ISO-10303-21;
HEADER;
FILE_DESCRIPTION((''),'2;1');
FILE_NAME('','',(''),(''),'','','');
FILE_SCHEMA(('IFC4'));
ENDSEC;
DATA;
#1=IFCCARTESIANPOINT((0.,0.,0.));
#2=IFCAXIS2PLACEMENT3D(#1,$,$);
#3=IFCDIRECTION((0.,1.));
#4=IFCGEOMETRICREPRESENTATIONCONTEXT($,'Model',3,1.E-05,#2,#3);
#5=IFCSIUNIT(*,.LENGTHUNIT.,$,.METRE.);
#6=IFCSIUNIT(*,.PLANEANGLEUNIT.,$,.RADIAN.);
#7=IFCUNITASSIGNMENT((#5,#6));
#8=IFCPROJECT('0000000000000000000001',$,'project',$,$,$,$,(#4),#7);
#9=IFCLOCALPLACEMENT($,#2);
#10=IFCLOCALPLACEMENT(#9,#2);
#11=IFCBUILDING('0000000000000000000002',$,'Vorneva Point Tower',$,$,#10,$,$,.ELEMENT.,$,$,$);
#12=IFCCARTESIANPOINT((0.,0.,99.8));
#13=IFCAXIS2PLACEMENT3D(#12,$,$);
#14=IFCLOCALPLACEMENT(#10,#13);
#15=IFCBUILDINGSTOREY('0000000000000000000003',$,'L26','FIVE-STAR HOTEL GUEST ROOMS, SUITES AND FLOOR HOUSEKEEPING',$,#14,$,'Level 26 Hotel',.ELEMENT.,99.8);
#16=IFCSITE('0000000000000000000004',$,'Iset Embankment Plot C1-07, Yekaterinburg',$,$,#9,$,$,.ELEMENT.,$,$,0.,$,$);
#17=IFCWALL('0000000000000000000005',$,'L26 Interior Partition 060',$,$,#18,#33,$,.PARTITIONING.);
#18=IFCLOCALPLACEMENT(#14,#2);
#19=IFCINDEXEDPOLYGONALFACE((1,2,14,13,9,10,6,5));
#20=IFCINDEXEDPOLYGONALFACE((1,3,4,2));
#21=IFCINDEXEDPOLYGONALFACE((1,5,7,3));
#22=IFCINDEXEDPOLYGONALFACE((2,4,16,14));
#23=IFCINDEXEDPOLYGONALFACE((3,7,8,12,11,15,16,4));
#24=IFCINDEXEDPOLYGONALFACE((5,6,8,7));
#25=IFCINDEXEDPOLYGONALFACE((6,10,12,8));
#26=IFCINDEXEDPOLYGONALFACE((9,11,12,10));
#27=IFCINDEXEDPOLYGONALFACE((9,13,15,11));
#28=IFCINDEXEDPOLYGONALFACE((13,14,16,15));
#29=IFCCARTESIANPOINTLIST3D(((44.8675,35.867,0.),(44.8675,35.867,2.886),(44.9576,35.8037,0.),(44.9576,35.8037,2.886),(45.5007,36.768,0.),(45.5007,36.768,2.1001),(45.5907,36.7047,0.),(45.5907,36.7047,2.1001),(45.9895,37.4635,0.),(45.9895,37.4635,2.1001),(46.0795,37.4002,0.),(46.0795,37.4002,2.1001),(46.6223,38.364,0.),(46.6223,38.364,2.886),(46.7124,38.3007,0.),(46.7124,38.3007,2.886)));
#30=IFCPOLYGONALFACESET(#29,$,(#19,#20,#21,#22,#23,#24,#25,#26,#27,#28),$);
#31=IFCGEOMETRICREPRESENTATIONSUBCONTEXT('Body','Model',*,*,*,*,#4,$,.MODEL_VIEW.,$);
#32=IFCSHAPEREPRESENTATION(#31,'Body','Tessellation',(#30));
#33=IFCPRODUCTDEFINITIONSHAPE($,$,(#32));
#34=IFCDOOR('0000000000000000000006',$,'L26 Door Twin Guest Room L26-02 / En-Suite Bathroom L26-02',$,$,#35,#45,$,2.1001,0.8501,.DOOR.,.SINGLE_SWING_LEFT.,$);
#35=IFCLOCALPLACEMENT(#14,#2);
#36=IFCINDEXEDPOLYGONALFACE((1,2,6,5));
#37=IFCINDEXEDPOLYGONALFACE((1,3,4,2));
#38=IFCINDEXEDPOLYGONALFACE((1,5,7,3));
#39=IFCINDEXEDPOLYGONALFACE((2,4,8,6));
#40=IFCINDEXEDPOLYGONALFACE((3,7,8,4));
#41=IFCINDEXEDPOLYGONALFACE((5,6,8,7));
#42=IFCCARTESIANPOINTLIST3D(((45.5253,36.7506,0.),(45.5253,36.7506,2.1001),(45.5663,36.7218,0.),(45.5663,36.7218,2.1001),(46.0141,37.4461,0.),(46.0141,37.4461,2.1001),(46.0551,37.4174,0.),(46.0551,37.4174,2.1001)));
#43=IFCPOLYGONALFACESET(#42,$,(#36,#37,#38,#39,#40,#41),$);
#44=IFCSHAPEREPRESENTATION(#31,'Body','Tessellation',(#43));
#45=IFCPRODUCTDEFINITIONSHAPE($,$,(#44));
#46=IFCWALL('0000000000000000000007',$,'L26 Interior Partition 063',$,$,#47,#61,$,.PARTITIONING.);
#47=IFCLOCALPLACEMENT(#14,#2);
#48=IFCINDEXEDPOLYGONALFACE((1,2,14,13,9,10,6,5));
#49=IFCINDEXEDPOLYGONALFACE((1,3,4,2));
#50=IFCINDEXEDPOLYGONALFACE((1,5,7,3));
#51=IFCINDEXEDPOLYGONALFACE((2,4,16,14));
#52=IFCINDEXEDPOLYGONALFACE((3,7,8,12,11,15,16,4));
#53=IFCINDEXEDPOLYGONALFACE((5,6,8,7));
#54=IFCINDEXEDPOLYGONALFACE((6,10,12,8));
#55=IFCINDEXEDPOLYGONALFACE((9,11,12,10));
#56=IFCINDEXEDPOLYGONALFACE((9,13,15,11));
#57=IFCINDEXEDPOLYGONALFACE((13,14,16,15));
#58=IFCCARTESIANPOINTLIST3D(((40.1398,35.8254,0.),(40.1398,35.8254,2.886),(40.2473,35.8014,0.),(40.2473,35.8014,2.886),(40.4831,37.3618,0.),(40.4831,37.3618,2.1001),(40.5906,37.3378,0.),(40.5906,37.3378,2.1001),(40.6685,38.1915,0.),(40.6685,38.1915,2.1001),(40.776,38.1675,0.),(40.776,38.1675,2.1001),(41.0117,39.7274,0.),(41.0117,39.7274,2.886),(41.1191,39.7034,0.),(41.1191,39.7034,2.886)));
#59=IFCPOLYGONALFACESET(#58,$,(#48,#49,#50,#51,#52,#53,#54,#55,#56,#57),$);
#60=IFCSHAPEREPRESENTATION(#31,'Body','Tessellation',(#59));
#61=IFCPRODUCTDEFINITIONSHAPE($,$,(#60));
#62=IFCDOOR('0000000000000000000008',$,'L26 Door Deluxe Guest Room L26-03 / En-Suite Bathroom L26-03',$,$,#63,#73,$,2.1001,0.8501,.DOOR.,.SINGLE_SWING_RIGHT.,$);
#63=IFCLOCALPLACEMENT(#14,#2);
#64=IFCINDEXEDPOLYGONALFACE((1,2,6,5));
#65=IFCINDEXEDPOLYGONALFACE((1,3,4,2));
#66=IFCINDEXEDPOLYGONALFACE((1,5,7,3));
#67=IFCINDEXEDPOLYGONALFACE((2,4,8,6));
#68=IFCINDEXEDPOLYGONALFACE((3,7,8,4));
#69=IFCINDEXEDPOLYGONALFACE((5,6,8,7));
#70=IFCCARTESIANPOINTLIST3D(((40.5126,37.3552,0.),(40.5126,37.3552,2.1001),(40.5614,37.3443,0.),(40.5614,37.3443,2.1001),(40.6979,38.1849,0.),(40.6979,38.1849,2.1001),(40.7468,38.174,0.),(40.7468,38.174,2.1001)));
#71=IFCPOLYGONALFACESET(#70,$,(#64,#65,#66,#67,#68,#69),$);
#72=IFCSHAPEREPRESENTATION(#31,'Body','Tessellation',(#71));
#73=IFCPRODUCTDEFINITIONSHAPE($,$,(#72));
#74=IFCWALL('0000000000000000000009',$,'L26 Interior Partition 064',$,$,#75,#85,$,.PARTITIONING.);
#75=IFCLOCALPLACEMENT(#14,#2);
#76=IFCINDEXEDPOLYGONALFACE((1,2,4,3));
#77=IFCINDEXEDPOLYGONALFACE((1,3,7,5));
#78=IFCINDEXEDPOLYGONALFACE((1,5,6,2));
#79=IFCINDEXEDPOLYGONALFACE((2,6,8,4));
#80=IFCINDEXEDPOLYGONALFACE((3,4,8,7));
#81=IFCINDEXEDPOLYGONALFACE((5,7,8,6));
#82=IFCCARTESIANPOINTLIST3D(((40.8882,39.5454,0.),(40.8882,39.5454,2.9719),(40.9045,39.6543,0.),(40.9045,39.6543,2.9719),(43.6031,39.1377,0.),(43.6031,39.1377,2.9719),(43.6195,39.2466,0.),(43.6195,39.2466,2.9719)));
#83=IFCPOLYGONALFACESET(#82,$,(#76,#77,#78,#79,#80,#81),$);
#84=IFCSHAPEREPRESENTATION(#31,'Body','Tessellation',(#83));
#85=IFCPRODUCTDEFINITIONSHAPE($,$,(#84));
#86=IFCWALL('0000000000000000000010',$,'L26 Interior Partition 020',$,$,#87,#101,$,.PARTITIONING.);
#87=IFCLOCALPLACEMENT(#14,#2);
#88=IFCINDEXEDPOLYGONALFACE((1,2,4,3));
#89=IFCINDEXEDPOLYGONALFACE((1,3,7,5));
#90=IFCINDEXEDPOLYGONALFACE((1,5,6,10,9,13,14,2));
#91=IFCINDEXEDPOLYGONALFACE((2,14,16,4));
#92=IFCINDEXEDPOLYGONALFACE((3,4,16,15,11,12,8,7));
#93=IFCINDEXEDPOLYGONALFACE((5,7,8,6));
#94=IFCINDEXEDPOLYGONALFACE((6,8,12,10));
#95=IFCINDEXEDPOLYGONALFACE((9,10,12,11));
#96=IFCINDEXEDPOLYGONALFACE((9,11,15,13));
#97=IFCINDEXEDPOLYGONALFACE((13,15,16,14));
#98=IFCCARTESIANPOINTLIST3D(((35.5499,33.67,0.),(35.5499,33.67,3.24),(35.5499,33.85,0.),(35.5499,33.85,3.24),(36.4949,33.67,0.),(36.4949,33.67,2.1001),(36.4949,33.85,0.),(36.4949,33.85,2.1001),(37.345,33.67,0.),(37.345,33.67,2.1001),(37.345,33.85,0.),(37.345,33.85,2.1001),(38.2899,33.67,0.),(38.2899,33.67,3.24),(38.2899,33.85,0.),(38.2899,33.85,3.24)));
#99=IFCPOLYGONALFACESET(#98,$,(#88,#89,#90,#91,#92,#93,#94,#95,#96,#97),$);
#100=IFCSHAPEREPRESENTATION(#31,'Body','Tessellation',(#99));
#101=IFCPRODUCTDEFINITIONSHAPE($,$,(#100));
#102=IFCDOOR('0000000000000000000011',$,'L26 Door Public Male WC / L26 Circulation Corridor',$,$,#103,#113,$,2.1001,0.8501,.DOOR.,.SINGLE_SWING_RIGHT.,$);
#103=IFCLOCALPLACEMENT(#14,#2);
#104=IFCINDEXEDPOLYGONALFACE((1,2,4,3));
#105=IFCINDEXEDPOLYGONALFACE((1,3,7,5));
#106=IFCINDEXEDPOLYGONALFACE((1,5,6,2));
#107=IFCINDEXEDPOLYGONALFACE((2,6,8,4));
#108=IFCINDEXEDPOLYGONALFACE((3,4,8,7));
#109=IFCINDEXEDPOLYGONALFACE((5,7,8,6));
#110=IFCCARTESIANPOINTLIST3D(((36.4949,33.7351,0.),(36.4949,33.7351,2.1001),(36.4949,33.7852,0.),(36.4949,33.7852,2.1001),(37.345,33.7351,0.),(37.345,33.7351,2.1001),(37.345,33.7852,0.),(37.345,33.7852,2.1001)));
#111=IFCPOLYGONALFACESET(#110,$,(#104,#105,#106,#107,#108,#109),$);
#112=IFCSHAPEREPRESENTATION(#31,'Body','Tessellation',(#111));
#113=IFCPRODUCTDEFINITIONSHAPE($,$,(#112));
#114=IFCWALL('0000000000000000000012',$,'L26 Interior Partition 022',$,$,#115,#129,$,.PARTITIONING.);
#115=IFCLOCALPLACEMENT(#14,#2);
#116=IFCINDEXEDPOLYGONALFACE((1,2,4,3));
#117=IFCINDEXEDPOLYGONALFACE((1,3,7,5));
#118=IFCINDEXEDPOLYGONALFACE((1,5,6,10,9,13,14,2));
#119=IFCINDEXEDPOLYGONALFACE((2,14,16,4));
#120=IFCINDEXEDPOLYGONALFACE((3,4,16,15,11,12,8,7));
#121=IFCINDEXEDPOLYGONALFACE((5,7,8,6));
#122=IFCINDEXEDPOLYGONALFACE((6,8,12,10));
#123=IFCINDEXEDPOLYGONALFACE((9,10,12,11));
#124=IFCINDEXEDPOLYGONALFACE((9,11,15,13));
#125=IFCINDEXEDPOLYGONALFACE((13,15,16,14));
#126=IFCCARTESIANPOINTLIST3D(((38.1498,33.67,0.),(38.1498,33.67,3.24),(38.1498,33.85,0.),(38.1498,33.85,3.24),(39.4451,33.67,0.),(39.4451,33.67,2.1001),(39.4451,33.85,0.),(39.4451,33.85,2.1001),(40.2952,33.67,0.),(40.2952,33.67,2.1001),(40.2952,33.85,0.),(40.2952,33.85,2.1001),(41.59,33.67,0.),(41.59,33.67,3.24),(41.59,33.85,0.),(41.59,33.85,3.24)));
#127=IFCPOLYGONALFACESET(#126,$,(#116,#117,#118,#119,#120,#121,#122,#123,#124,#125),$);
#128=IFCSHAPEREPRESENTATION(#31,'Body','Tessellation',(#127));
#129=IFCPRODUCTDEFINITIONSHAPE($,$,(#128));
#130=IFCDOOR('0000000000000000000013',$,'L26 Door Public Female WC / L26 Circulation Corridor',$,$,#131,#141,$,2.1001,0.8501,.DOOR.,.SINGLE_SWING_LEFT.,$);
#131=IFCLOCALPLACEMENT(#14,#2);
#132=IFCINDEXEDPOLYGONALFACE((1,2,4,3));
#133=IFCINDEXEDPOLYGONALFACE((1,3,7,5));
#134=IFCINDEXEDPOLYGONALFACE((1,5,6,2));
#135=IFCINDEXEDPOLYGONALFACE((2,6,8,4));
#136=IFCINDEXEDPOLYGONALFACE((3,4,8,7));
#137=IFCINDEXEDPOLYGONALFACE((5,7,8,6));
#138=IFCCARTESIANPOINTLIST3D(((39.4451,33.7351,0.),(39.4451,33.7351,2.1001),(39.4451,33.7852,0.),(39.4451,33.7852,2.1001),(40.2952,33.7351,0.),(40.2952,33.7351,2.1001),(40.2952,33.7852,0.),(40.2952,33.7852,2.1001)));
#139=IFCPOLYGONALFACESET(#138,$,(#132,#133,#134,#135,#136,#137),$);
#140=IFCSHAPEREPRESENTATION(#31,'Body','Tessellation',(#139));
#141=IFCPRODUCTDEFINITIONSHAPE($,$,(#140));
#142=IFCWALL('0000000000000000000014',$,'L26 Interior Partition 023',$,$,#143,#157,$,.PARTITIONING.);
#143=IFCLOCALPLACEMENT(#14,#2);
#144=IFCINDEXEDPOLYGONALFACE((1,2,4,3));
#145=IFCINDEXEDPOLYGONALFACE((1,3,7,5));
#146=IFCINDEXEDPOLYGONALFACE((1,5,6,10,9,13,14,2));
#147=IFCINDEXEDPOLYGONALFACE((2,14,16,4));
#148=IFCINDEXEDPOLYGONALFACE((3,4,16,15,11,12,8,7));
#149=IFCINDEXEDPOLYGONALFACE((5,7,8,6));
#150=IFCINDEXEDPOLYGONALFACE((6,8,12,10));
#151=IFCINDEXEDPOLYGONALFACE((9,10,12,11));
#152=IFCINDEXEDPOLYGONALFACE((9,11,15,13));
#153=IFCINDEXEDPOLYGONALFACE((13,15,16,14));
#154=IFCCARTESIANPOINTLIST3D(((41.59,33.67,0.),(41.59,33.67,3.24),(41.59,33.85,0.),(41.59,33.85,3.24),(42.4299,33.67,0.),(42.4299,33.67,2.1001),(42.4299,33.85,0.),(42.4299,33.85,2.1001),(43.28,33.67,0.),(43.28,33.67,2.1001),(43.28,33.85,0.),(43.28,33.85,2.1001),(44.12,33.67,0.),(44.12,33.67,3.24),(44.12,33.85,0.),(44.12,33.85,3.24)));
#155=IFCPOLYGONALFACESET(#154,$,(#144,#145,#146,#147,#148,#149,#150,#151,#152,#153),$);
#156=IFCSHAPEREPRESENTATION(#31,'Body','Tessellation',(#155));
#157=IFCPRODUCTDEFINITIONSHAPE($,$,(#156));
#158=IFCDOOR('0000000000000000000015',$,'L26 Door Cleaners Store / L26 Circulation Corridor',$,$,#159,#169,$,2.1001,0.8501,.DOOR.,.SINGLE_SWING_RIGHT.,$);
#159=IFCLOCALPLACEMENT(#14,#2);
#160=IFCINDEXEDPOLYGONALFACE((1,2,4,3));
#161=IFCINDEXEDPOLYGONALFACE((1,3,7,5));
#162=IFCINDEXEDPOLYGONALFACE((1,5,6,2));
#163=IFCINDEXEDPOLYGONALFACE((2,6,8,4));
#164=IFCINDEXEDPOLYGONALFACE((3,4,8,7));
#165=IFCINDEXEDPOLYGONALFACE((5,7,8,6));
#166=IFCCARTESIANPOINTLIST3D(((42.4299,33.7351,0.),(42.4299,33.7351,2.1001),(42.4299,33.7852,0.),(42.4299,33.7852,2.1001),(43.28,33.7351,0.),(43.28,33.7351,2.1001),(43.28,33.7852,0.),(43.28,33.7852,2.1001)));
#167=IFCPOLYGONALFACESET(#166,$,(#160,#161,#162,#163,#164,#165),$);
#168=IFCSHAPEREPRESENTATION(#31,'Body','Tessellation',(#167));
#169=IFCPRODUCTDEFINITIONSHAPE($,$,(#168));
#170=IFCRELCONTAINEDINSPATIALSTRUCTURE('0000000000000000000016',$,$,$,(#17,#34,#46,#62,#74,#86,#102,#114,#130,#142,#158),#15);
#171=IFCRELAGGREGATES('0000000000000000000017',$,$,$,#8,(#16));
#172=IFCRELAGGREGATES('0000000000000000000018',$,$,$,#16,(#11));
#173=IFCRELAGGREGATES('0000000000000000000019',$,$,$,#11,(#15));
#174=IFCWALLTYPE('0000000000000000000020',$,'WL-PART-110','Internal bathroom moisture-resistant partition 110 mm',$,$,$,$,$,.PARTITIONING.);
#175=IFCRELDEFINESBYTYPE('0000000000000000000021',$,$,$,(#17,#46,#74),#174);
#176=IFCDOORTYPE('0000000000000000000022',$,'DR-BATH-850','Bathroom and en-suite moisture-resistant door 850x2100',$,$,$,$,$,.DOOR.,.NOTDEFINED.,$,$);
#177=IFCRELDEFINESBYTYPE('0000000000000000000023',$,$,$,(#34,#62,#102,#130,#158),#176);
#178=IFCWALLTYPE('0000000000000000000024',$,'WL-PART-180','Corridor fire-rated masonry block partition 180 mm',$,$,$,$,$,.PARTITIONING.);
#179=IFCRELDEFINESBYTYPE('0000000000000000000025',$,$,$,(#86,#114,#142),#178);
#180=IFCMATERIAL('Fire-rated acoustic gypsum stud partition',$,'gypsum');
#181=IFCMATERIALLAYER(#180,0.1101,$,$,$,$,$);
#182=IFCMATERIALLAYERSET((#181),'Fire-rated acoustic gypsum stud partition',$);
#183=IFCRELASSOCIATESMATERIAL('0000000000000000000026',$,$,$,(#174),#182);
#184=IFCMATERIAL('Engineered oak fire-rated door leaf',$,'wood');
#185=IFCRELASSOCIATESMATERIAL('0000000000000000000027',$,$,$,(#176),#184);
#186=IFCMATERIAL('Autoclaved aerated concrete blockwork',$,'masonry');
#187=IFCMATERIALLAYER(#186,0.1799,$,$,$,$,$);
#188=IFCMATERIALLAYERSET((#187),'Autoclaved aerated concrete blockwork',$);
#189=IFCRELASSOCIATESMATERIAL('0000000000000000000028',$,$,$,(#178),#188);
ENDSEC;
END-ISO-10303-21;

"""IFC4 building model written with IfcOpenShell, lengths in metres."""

from ifc_helpers import new_model, si_unit, direction, frame, frame_2d, origin, place, context, subcontext, project, spatial, rectangle, extrude, material, layer, layer_set, type_object, element, fill, save


model = new_model("IFC4")

# Units and contexts
model_context = context("Model", 3, precision=1e-05, world=origin(), true_north=direction((0.0, 1.0)))
body_context = subcontext(model_context, "Body", "Model", "MODEL_VIEW")
ifc_project = project(units=[si_unit("LENGTHUNIT", "METRE"), si_unit("PLANEANGLEUNIT", "RADIAN")], contexts=[model_context])

# Site, building, storey
site_placement = place(None, origin())
site = spatial("IfcSite", under=ifc_project, at=site_placement, Name="Iset Embankment Plot C1-07, Yekaterinburg", CompositionType="ELEMENT", RefElevation=0.0)
building_placement = place(site_placement, origin())
building = spatial("IfcBuilding", under=site, at=building_placement, Name="Vorneva Point Tower", CompositionType="ELEMENT")
storey_placement = place(building_placement, frame((0.0, 0.0, 99.8)))
storey = spatial("IfcBuildingStorey", under=building, at=storey_placement, Name="L26", Description="FIVE-STAR HOTEL GUEST ROOMS, SUITES AND FLOOR HOUSEKEEPING", LongName="Level 26 Hotel", CompositionType="ELEMENT", Elevation=99.8)

# Walls, openings, doors
ifc_material_1 = material(Name="Fire-rated acoustic gypsum stud partition", Category="gypsum")
ifc_layer_1 = layer(ifc_material_1, 0.1101)
ifc_layer_set_1 = layer_set([ifc_layer_1], Name="Fire-rated acoustic gypsum stud partition")
wall_type_1 = type_object("IfcWallType", Name="WL-PART-110", Description="Internal bathroom moisture-resistant partition 110 mm", PredefinedType="PARTITIONING", material=ifc_layer_set_1)
wall_1_placement = place(storey_placement, frame((44.9126, 35.8354, 0.0), z_axis=(0.0, 0.0, 1.0), x_axis=(0.574986, 0.818163, 0.0)))
wall_1 = element("IfcWall", 1, at=wall_1_placement, inside=storey, type_object=wall_type_1, Name="L26 Interior Partition 060", PredefinedType="PARTITIONING", context=body_context, shape_type="SweptSolid", body=[
    extrude(rectangle(XDim=3.052, YDim=0.1101, at=frame_2d((1.5259, 0.0))), origin(), (0.0, 0.0, 1.0), 2.886),
])
opening_1_placement = place(wall_1_placement, frame((1.1011, 0.0, 0.0)))
opening_1 = element("IfcOpeningElement", 2, at=opening_1_placement, cuts=wall_1, PredefinedType="OPENING", context=body_context, shape_type="SweptSolid", body=[
    extrude(rectangle(XDim=0.8501, YDim=2.1001, at=frame_2d((0.425, 1.05))), frame((0.0, 0.0698, 0.0), z_axis=(0.0, -1.0, 0.0), x_axis=(1.0, 0.0, 0.0)), (0.0, 0.0, 1.0), 0.1399),
])
ifc_material_2 = material(Name="Engineered oak fire-rated door leaf", Category="wood")
door_type_1 = type_object("IfcDoorType", Name="DR-BATH-850", Description="Bathroom and en-suite moisture-resistant door 850x2100", OperationType="NOTDEFINED", PredefinedType="DOOR", material=ifc_material_2)
door_1_placement = place(opening_1_placement, origin())
door_1 = element("IfcDoor", 3, at=door_1_placement, inside=storey, type_object=door_type_1, Name="L26 Door Twin Guest Room L26-02 / En-Suite Bathroom L26-02", OperationType="SINGLE_SWING_LEFT", OverallHeight=2.1001, OverallWidth=0.8501, PredefinedType="DOOR", context=body_context, shape_type="SweptSolid", body=[
    extrude(rectangle(XDim=0.8501, YDim=2.1001, at=frame_2d((0.425, 1.05))), frame((0.0, 0.0249, 0.0), z_axis=(0.0, -1.0, 0.0), x_axis=(1.0, 0.0, 0.0)), (0.0, 0.0, 1.0), 0.05),
])
fill(opening_1, door_1)
wall_2_placement = place(storey_placement, frame((40.1936, 35.8135, 0.0), z_axis=(0.0, 0.0, 1.0), x_axis=(0.218049, 0.975938, 0.0)))
wall_2 = element("IfcWall", 4, at=wall_2_placement, inside=storey, type_object=wall_type_1, Name="L26 Interior Partition 063", PredefinedType="PARTITIONING", context=body_context, shape_type="SweptSolid", body=[
    extrude(rectangle(XDim=3.9983, YDim=0.1101, at=frame_2d((1.999, 0.0))), origin(), (0.0, 0.0, 1.0), 2.886),
])
opening_2_placement = place(wall_2_placement, frame((1.5742, 0.0, 0.0)))
opening_2 = element("IfcOpeningElement", 5, at=opening_2_placement, cuts=wall_2, PredefinedType="OPENING", context=body_context, shape_type="SweptSolid", body=[
    extrude(rectangle(XDim=0.8501, YDim=2.1001, at=frame_2d((0.425, 1.05))), frame((0.0, 0.0698, 0.0), z_axis=(0.0, -1.0, 0.0), x_axis=(1.0, 0.0, 0.0)), (0.0, 0.0, 1.0), 0.1399),
])
door_2_placement = place(opening_2_placement, origin())
door_2 = element("IfcDoor", 6, at=door_2_placement, inside=storey, type_object=door_type_1, Name="L26 Door Deluxe Guest Room L26-03 / En-Suite Bathroom L26-03", OperationType="SINGLE_SWING_RIGHT", OverallHeight=2.1001, OverallWidth=0.8501, PredefinedType="DOOR", context=body_context, shape_type="SweptSolid", body=[
    extrude(rectangle(XDim=0.8501, YDim=2.1001, at=frame_2d((0.425, 1.05))), frame((0.0, 0.0249, 0.0), z_axis=(0.0, -1.0, 0.0), x_axis=(1.0, 0.0, 0.0)), (0.0, 0.0, 1.0), 0.05),
])
fill(opening_2, door_2)

# Wall
wall_3_placement = place(storey_placement, frame((40.8965, 39.5999, 0.0), z_axis=(0.0, 0.0, 1.0), x_axis=(0.98891, -0.148514, 0.0)))
element("IfcWall", 7, at=wall_3_placement, inside=storey, type_object=wall_type_1, Name="L26 Interior Partition 064", PredefinedType="PARTITIONING", context=body_context, shape_type="SweptSolid", body=[
    extrude(rectangle(XDim=2.7454, YDim=0.1101, at=frame_2d((1.3726, 0.0))), origin(), (0.0, 0.0, 1.0), 2.9719),
])

# Walls, openings, doors
ifc_material_3 = material(Name="Autoclaved aerated concrete blockwork", Category="masonry")
ifc_layer_2 = layer(ifc_material_3, 0.1799)
ifc_layer_set_2 = layer_set([ifc_layer_2], Name="Autoclaved aerated concrete blockwork")
wall_type_2 = type_object("IfcWallType", Name="WL-PART-180", Description="Corridor fire-rated masonry block partition 180 mm", PredefinedType="PARTITIONING", material=ifc_layer_set_2)
wall_4_placement = place(storey_placement, frame((38.29, 33.76, 0.0), z_axis=(0.0, 0.0, 1.0), x_axis=(-1.0, 0.0, 0.0)))
wall_4 = element("IfcWall", 8, at=wall_4_placement, inside=storey, type_object=wall_type_2, Name="L26 Interior Partition 020", PredefinedType="PARTITIONING", context=body_context, shape_type="SweptSolid", body=[
    extrude(rectangle(XDim=2.74, YDim=0.1799, at=frame_2d((1.3701, 0.0))), origin(), (0.0, 0.0, 1.0), 3.24),
])
opening_3_placement = place(wall_4_placement, frame((0.9451, 0.0, 0.0)))
opening_3 = element("IfcOpeningElement", 9, at=opening_3_placement, cuts=wall_4, PredefinedType="OPENING", context=body_context, shape_type="SweptSolid", body=[
    extrude(rectangle(XDim=0.8501, YDim=2.1001, at=frame_2d((0.425, 1.05))), frame((0.0, 0.105, 0.0), z_axis=(0.0, -1.0, 0.0), x_axis=(1.0, 0.0, 0.0)), (0.0, 0.0, 1.0), 0.2097),
])
door_3_placement = place(opening_3_placement, origin())
door_3 = element("IfcDoor", 10, at=door_3_placement, inside=storey, type_object=door_type_1, Name="L26 Door Public Male WC / L26 Circulation Corridor", OperationType="SINGLE_SWING_RIGHT", OverallHeight=2.1001, OverallWidth=0.8501, PredefinedType="DOOR", context=body_context, shape_type="SweptSolid", body=[
    extrude(rectangle(XDim=0.8501, YDim=2.1001, at=frame_2d((0.425, 1.05))), frame((0.0, 0.0249, 0.0), z_axis=(0.0, -1.0, 0.0), x_axis=(1.0, 0.0, 0.0)), (0.0, 0.0, 1.0), 0.05),
])
fill(opening_3, door_3)
wall_5_placement = place(storey_placement, frame((41.5901, 33.76, 0.0), z_axis=(0.0, 0.0, 1.0), x_axis=(-1.0, 0.0, 0.0)))
wall_5 = element("IfcWall", 11, at=wall_5_placement, inside=storey, type_object=wall_type_2, Name="L26 Interior Partition 022", PredefinedType="PARTITIONING", context=body_context, shape_type="SweptSolid", body=[
    extrude(rectangle(XDim=3.4402, YDim=0.1799, at=frame_2d((1.7202, 0.0))), origin(), (0.0, 0.0, 1.0), 3.24),
])
opening_4_placement = place(wall_5_placement, frame((1.2949, 0.0, 0.0)))
opening_4 = element("IfcOpeningElement", 12, at=opening_4_placement, cuts=wall_5, PredefinedType="OPENING", context=body_context, shape_type="SweptSolid", body=[
    extrude(rectangle(XDim=0.8501, YDim=2.1001, at=frame_2d((0.425, 1.05))), frame((0.0, 0.105, 0.0), z_axis=(0.0, -1.0, 0.0), x_axis=(1.0, 0.0, 0.0)), (0.0, 0.0, 1.0), 0.2097),
])
door_4_placement = place(opening_4_placement, origin())
door_4 = element("IfcDoor", 13, at=door_4_placement, inside=storey, type_object=door_type_1, Name="L26 Door Public Female WC / L26 Circulation Corridor", OperationType="SINGLE_SWING_LEFT", OverallHeight=2.1001, OverallWidth=0.8501, PredefinedType="DOOR", context=body_context, shape_type="SweptSolid", body=[
    extrude(rectangle(XDim=0.8501, YDim=2.1001, at=frame_2d((0.425, 1.05))), frame((0.0, 0.0249, 0.0), z_axis=(0.0, -1.0, 0.0), x_axis=(1.0, 0.0, 0.0)), (0.0, 0.0, 1.0), 0.05),
])
fill(opening_4, door_4)
wall_6_placement = place(storey_placement, frame((44.1201, 33.76, 0.0), z_axis=(0.0, 0.0, 1.0), x_axis=(-1.0, 0.0, 0.0)))
wall_6 = element("IfcWall", 14, at=wall_6_placement, inside=storey, type_object=wall_type_2, Name="L26 Interior Partition 023", PredefinedType="PARTITIONING", context=body_context, shape_type="SweptSolid", body=[
    extrude(rectangle(XDim=2.53, YDim=0.1799, at=frame_2d((1.2651, 0.0))), origin(), (0.0, 0.0, 1.0), 3.24),
])
opening_5_placement = place(wall_6_placement, frame((0.8401, 0.0, 0.0)))
opening_5 = element("IfcOpeningElement", 15, at=opening_5_placement, cuts=wall_6, PredefinedType="OPENING", context=body_context, shape_type="SweptSolid", body=[
    extrude(rectangle(XDim=0.8501, YDim=2.1001, at=frame_2d((0.425, 1.05))), frame((0.0, 0.105, 0.0), z_axis=(0.0, -1.0, 0.0), x_axis=(1.0, 0.0, 0.0)), (0.0, 0.0, 1.0), 0.2097),
])
door_5_placement = place(opening_5_placement, origin())
door_5 = element("IfcDoor", 16, at=door_5_placement, inside=storey, type_object=door_type_1, Name="L26 Door Cleaners Store / L26 Circulation Corridor", OperationType="SINGLE_SWING_RIGHT", OverallHeight=2.1001, OverallWidth=0.8501, PredefinedType="DOOR", context=body_context, shape_type="SweptSolid", body=[
    extrude(rectangle(XDim=0.8501, YDim=2.1001, at=frame_2d((0.425, 1.05))), frame((0.0, 0.0249, 0.0), z_axis=(0.0, -1.0, 0.0), x_axis=(1.0, 0.0, 0.0)), (0.0, 0.0, 1.0), 0.05),
])
fill(opening_5, door_5)

save(model, "model.ifc")
